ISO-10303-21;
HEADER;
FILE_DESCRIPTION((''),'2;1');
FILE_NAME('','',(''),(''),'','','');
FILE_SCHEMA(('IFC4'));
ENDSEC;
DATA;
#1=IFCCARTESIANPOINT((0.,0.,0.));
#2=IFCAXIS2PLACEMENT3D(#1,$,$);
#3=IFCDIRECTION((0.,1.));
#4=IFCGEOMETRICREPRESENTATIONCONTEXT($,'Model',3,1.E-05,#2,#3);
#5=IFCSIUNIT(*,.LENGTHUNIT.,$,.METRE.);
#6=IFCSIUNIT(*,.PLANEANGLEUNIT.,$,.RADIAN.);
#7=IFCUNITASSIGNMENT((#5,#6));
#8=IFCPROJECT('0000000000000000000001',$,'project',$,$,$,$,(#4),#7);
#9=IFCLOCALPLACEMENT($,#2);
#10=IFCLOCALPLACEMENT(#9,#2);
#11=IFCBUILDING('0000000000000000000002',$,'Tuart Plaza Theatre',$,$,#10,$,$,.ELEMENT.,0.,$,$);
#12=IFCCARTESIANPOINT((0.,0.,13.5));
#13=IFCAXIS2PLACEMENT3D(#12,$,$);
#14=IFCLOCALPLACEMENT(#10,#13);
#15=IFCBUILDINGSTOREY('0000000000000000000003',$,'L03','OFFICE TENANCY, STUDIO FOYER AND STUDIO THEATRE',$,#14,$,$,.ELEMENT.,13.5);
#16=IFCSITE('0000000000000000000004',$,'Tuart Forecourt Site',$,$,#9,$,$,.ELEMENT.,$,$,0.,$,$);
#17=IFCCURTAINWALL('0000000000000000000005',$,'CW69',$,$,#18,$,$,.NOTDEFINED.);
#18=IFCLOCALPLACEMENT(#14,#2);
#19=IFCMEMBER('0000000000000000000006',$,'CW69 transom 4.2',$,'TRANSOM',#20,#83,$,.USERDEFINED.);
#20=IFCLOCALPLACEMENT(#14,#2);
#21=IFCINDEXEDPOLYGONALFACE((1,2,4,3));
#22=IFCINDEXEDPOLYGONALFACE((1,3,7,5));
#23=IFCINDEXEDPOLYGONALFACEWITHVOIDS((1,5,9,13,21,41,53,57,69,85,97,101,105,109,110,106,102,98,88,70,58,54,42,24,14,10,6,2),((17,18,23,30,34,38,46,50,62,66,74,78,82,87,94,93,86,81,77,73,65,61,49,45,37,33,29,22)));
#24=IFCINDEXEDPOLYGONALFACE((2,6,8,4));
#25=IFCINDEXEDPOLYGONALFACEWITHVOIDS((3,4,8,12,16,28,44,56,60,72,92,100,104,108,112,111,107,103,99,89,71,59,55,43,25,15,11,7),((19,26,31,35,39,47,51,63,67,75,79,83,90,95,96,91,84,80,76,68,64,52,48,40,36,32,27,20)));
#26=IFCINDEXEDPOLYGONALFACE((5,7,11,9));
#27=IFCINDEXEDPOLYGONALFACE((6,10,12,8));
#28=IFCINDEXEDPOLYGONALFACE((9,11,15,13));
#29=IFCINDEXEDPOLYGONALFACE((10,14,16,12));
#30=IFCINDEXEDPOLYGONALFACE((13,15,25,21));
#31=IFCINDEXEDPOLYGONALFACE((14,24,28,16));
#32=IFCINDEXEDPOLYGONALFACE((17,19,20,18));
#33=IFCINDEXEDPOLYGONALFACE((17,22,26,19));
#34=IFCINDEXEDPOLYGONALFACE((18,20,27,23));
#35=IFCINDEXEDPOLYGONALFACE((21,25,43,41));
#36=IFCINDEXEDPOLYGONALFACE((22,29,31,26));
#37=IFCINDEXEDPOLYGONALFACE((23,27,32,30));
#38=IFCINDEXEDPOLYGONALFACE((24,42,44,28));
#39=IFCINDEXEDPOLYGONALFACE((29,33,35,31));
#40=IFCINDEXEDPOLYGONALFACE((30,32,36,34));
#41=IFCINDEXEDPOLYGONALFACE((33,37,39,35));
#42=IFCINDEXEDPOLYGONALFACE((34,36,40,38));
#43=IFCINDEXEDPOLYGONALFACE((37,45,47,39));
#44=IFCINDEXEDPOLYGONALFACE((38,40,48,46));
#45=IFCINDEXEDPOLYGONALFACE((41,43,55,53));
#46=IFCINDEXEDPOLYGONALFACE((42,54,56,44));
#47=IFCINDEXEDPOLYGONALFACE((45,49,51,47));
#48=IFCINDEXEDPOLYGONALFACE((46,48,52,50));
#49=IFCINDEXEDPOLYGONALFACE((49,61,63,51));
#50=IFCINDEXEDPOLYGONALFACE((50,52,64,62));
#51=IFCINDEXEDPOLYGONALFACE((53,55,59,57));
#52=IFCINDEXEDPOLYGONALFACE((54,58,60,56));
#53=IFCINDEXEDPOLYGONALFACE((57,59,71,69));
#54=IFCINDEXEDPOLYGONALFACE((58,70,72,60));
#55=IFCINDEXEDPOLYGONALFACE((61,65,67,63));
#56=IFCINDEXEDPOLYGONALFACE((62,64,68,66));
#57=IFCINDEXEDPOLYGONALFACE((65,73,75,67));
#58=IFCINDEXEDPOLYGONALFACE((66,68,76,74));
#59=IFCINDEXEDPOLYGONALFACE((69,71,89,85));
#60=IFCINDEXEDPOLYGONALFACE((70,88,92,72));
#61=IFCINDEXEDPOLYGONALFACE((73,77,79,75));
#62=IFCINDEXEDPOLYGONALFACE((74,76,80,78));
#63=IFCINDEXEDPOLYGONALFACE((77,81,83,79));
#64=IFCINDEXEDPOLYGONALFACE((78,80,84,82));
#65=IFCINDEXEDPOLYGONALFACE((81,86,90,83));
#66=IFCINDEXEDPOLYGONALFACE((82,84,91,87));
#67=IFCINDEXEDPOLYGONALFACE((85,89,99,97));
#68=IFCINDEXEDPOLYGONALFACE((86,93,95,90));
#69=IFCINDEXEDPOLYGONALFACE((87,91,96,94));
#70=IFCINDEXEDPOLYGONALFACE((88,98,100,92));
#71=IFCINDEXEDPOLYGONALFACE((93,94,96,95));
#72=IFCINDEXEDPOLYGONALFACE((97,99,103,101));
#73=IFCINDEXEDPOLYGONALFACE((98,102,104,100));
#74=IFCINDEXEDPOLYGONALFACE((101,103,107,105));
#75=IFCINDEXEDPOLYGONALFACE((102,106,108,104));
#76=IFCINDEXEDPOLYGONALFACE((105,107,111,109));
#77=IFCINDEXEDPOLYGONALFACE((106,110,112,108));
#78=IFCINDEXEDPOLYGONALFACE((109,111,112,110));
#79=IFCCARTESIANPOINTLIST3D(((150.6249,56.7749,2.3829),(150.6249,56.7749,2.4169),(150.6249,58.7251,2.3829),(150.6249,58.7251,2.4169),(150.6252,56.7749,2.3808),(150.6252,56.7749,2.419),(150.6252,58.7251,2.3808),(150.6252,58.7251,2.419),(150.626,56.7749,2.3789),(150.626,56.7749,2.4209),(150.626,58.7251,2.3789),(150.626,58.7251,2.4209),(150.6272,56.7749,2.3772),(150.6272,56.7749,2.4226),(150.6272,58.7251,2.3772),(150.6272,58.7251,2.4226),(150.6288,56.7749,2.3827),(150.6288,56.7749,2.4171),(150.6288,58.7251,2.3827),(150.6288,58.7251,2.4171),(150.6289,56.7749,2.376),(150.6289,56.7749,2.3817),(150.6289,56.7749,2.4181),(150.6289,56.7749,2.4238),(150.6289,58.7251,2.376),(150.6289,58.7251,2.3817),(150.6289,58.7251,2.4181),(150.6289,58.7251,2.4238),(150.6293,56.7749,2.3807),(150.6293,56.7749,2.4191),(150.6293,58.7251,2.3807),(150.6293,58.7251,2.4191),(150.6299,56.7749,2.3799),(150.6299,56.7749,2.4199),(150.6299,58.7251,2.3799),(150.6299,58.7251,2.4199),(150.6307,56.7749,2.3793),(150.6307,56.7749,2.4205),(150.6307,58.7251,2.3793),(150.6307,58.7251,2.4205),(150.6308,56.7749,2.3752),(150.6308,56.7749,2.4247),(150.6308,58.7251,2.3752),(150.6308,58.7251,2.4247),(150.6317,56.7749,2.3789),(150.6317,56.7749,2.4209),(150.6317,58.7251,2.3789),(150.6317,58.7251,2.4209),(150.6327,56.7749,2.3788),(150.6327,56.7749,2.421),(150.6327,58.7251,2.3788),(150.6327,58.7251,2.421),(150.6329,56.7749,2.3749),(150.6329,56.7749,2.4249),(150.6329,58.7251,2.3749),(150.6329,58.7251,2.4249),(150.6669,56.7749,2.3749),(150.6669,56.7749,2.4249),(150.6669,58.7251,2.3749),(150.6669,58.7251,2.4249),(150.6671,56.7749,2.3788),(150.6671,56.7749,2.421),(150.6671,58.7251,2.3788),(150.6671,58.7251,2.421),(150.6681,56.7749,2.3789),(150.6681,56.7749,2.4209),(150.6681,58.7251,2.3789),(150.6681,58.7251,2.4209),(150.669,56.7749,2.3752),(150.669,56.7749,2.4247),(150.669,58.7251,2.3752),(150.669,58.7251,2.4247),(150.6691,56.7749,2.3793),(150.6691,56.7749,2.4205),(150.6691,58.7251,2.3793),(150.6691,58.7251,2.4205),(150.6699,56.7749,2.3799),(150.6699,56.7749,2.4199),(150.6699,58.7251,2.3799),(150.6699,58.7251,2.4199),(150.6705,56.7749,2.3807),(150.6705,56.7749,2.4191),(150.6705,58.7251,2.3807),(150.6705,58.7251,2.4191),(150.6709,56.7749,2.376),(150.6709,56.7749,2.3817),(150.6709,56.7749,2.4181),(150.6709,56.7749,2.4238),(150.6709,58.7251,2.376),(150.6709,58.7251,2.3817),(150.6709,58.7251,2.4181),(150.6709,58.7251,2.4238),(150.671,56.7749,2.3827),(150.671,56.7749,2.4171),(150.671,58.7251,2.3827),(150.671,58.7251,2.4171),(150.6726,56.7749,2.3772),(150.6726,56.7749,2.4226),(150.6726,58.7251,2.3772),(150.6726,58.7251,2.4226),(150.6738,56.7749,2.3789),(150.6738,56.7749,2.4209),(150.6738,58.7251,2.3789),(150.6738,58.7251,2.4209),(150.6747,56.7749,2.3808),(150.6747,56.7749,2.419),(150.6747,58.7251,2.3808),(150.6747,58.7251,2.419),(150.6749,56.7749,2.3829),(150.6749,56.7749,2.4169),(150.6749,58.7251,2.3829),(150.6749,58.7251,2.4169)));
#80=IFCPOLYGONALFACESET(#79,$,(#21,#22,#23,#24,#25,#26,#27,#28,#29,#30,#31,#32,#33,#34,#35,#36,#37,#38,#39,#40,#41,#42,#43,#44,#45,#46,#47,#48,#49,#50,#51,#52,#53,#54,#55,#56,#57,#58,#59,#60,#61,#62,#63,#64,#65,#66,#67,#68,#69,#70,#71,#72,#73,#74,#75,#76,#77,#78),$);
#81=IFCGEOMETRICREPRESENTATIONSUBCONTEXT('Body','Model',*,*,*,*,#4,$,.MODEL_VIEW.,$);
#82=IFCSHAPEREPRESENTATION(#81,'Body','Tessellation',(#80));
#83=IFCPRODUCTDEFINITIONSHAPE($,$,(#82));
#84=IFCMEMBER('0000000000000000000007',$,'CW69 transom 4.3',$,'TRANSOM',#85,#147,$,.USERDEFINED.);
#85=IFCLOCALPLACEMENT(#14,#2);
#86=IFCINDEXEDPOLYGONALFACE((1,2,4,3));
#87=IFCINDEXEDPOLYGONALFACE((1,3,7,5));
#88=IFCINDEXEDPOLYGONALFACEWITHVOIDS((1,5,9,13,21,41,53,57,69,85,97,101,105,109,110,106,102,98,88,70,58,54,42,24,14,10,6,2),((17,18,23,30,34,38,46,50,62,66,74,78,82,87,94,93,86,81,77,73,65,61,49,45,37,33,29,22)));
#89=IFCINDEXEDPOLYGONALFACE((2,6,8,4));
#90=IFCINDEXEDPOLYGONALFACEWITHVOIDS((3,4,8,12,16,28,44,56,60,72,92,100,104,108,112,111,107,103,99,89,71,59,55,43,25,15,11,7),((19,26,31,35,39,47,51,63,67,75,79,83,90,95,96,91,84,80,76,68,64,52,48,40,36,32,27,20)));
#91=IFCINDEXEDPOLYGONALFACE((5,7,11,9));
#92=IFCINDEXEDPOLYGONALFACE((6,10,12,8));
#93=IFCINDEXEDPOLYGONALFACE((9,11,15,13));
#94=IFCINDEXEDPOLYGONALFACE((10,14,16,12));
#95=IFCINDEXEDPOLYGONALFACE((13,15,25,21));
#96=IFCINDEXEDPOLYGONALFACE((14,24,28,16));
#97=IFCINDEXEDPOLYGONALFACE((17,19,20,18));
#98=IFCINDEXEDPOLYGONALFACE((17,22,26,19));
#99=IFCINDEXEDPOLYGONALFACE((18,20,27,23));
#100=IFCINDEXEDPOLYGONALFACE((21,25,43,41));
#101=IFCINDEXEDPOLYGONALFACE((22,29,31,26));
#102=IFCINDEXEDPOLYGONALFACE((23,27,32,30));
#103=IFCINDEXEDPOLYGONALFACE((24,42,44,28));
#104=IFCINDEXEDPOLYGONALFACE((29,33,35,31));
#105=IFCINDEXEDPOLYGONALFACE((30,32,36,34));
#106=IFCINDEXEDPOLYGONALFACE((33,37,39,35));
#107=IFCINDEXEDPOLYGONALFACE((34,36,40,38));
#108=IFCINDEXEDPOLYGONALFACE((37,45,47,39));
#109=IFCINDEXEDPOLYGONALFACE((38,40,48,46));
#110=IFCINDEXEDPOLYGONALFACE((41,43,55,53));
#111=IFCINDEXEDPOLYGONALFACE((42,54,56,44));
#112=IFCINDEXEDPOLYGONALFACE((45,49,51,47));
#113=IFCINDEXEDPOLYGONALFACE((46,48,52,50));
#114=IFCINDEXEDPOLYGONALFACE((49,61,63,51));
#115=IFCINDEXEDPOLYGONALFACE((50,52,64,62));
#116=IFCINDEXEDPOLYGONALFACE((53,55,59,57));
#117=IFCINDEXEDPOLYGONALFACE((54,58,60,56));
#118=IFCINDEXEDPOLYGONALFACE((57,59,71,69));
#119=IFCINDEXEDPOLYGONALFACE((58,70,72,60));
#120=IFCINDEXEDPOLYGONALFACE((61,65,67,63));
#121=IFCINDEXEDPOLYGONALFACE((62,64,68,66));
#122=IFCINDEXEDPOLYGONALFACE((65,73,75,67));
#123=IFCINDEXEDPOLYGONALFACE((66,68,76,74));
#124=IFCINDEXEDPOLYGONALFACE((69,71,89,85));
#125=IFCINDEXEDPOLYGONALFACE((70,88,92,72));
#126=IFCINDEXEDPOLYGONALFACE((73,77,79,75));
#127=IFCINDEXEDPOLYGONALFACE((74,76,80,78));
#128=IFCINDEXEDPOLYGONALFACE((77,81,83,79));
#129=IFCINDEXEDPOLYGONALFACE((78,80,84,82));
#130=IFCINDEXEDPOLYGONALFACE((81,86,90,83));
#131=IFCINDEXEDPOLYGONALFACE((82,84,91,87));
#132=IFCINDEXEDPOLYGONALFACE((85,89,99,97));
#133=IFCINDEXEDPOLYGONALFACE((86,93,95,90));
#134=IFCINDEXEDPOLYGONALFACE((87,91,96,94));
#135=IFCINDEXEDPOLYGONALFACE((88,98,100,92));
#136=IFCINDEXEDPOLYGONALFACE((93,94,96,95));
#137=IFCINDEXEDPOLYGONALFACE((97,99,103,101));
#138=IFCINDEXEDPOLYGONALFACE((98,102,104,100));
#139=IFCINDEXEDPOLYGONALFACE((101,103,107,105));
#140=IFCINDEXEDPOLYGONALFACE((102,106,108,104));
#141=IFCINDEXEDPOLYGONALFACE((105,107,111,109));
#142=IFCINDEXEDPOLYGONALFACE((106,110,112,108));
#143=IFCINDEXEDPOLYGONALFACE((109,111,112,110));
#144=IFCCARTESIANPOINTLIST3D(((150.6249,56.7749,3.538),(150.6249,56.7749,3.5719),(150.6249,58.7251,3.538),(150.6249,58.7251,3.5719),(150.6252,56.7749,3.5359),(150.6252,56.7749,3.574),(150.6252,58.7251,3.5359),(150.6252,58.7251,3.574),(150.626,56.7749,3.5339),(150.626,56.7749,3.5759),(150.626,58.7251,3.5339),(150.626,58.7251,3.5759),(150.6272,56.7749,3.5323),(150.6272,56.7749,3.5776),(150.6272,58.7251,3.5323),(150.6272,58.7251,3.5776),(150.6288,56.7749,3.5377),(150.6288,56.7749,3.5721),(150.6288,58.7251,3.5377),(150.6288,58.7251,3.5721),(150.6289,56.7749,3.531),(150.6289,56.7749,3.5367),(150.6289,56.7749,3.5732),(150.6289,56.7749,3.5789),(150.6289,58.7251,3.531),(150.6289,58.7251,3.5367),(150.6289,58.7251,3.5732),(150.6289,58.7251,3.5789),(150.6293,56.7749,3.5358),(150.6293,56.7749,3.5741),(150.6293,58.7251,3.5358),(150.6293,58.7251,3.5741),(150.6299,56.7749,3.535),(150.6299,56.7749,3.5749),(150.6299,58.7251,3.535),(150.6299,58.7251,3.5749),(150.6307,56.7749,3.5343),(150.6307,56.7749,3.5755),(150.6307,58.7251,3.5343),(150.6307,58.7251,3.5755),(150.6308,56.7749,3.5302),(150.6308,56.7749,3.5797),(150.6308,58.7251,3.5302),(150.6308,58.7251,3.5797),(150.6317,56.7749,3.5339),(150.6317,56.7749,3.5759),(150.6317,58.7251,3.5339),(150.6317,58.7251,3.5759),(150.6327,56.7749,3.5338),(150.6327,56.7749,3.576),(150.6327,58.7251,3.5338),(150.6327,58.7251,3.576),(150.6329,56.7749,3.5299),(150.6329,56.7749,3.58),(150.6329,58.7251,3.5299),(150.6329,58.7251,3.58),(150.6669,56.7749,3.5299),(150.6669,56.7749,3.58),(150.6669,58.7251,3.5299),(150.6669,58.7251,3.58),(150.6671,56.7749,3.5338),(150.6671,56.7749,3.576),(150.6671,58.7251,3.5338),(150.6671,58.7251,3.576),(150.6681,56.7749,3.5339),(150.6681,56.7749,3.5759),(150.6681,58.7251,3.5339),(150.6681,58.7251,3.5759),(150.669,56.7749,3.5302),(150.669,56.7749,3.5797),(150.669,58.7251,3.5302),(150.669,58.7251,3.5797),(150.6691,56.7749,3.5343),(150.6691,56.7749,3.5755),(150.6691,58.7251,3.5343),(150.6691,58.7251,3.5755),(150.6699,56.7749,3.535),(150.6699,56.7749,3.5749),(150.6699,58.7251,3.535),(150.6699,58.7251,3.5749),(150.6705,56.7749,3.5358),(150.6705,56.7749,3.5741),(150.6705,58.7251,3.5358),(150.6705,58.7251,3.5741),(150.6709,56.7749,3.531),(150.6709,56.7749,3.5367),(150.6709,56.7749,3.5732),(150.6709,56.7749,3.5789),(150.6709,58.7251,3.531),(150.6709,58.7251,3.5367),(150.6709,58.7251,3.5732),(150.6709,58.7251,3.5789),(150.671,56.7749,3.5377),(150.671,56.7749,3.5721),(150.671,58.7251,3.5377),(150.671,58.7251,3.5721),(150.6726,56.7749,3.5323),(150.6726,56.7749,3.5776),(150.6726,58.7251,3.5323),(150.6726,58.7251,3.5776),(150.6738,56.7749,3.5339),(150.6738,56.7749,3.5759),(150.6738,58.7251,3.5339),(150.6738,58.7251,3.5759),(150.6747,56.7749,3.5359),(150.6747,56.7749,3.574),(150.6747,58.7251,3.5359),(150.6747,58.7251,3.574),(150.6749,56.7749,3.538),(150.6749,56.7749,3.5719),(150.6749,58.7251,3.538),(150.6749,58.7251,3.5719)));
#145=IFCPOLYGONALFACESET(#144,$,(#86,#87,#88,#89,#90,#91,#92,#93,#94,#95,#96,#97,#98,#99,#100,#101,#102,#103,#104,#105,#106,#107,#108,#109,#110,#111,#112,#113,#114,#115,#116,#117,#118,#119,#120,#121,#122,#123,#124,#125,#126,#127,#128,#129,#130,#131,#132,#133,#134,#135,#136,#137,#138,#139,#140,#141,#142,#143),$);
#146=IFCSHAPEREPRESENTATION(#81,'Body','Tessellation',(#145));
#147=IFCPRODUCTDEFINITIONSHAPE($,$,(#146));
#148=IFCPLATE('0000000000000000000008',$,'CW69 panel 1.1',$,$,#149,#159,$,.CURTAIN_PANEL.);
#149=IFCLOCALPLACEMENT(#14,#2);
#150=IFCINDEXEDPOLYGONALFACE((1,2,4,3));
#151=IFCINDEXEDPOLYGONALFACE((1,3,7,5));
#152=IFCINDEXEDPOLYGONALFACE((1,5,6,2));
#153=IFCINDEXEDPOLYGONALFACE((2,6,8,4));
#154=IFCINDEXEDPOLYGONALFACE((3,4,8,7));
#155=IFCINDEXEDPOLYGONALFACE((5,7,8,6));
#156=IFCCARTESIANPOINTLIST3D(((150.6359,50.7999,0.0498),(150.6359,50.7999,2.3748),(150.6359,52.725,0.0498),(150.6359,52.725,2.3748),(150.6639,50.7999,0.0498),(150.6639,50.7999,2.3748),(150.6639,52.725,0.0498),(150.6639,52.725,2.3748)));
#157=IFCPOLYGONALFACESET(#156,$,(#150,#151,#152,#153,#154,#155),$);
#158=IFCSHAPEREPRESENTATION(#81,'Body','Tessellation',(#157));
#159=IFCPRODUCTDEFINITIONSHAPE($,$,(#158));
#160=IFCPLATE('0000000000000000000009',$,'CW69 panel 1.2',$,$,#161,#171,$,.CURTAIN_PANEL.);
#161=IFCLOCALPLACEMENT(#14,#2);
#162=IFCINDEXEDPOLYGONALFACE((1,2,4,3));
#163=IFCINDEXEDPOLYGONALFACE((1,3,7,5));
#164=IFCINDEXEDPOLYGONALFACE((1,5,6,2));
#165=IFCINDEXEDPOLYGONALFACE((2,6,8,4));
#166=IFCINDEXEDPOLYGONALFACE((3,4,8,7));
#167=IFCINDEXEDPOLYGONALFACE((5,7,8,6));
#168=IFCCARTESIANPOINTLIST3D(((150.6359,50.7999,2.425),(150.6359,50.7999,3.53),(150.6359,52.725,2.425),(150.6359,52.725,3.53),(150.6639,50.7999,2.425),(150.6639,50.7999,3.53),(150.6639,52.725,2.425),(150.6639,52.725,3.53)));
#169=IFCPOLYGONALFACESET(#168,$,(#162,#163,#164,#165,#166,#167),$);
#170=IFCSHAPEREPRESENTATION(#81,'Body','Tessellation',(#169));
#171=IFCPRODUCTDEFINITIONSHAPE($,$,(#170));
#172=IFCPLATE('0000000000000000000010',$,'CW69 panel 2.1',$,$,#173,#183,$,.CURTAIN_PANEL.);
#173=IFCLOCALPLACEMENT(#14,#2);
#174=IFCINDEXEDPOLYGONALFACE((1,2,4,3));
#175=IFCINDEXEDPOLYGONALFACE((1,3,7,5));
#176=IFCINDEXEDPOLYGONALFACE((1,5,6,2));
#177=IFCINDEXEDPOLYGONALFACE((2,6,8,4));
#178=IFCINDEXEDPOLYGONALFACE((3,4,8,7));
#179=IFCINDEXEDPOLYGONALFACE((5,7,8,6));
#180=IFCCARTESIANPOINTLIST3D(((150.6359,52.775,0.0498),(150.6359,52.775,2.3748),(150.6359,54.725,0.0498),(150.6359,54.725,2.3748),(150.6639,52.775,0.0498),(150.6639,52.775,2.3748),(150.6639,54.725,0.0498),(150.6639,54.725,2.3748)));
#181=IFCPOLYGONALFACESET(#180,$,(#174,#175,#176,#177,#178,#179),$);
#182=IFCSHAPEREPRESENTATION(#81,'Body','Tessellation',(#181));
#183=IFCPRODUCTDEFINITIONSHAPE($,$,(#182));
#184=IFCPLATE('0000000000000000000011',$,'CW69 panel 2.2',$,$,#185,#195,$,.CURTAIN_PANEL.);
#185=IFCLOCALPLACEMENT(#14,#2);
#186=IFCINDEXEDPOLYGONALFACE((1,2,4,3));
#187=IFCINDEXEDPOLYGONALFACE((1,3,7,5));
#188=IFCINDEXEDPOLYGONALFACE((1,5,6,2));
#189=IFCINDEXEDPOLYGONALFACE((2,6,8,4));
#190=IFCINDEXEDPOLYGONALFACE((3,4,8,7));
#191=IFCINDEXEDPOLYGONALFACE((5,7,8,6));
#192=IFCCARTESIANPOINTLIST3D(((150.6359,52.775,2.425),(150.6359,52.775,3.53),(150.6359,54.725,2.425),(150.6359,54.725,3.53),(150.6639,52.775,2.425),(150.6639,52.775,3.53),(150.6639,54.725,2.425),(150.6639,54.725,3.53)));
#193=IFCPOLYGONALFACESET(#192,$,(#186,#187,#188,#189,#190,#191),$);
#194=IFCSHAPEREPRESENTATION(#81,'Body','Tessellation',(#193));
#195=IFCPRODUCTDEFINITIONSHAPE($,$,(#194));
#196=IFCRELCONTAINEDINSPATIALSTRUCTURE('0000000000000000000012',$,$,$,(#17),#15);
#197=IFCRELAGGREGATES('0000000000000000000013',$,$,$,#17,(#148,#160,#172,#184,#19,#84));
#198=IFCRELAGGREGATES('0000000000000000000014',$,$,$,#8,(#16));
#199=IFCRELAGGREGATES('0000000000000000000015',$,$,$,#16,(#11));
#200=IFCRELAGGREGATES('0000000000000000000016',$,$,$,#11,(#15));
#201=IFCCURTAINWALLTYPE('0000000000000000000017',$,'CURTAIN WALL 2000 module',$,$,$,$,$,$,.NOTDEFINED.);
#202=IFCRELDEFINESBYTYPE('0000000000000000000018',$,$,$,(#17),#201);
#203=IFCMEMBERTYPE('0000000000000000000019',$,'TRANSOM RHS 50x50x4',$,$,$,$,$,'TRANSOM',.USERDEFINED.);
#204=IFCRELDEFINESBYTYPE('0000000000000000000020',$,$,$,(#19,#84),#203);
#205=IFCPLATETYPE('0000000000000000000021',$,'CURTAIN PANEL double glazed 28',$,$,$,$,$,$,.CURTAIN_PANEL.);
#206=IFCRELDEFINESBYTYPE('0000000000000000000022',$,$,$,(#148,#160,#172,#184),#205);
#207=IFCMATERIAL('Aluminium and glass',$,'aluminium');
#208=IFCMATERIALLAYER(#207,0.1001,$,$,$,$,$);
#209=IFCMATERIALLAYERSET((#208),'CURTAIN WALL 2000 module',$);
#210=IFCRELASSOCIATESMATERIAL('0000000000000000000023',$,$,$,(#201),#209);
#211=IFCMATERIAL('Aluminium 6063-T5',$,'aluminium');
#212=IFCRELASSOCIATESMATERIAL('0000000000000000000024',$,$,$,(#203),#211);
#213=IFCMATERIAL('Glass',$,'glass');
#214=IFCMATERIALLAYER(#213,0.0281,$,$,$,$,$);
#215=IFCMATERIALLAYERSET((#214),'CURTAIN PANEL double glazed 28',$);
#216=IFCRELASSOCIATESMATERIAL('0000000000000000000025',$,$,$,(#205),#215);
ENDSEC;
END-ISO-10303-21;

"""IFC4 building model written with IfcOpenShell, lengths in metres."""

from ifc_helpers import new_model, si_unit, direction, frame, origin, origin_2d, place, context, subcontext, project, spatial, rectangle, hollow_rectangle, extrude, material, layer, layer_set, material_profile, profile_set, type_object, element, aggregate, save


model = new_model("IFC4")

# Units and contexts
model_context = context("Model", 3, precision=1e-05, world=origin(), true_north=direction((0.0, 1.0)))
body_context = subcontext(model_context, "Body", "Model", "MODEL_VIEW")
ifc_project = project(units=[si_unit("LENGTHUNIT", "METRE"), si_unit("PLANEANGLEUNIT", "RADIAN")], contexts=[model_context])

# Site, building, storey
site_placement = place(None, origin())
site = spatial("IfcSite", under=ifc_project, at=site_placement, Name="Tuart Forecourt Site", CompositionType="ELEMENT", RefElevation=0.0)
building_placement = place(site_placement, origin())
building = spatial("IfcBuilding", under=site, at=building_placement, Name="Tuart Plaza Theatre", CompositionType="ELEMENT", ElevationOfRefHeight=0.0)
storey_placement = place(building_placement, frame((0.0, 0.0, 13.5)))
storey = spatial("IfcBuildingStorey", under=building, at=storey_placement, Name="L03", Description="OFFICE TENANCY, STUDIO FOYER AND STUDIO THEATRE", CompositionType="ELEMENT", Elevation=13.5)

# Curtain wall, members, plates
ifc_material_1 = material(Name="Aluminium and glass", Category="aluminium")
ifc_layer_1 = layer(ifc_material_1, 0.1001)
ifc_layer_set_1 = layer_set([ifc_layer_1], Name="CURTAIN WALL 2000 module")
curtain_wall_type = type_object("IfcCurtainWallType", Name="CURTAIN WALL 2000 module", PredefinedType="NOTDEFINED", material=ifc_layer_set_1)
curtain_wall_placement = place(storey_placement, origin())
curtain_wall = element("IfcCurtainWall", 1, at=curtain_wall_placement, inside=storey, type_object=curtain_wall_type, Name="CW69", PredefinedType="NOTDEFINED")
ifc_material_2 = material(Name="Aluminium 6063-T5", Category="aluminium")
ifc_material_profile_1 = material_profile(ifc_material_2, hollow_rectangle(XDim=0.05, YDim=0.05, WallThickness=0.0039, InnerFilletRadius=0.0039, OuterFilletRadius=0.0081, at=origin_2d()), Name="RHS 50x50x4")
ifc_profile_set_1 = profile_set([ifc_material_profile_1], Name="Aluminium 6063-T5")
member_type_1 = type_object("IfcMemberType", Name="TRANSOM RHS 50x50x4", ElementType="TRANSOM", PredefinedType="USERDEFINED", material=ifc_profile_set_1)
member_1_placement = place(storey_placement, frame((150.6499, 56.7749, 2.3999), z_axis=(0.0, 1.0, 0.0), x_axis=(-1.0, 0.0, 0.0)))
member_1 = element("IfcMember", 2, at=member_1_placement, type_object=member_type_1, Name="CW69 transom 4.2", ObjectType="TRANSOM", PredefinedType="USERDEFINED", context=body_context, shape_type="SweptSolid", body=[
    extrude(hollow_rectangle(XDim=0.05, YDim=0.05, WallThickness=0.0039, InnerFilletRadius=0.0039, OuterFilletRadius=0.0081, at=origin_2d()), origin(), (0.0, 0.0, 1.0), 1.9502),
])
member_2_placement = place(storey_placement, frame((150.6499, 56.7749, 3.5549), z_axis=(0.0, 1.0, 0.0), x_axis=(-1.0, 0.0, 0.0)))
member_2 = element("IfcMember", 3, at=member_2_placement, type_object=member_type_1, Name="CW69 transom 4.3", ObjectType="TRANSOM", PredefinedType="USERDEFINED", context=body_context, shape_type="SweptSolid", body=[
    extrude(hollow_rectangle(XDim=0.05, YDim=0.05, WallThickness=0.0039, InnerFilletRadius=0.0039, OuterFilletRadius=0.0081, at=origin_2d()), origin(), (0.0, 0.0, 1.0), 1.9502),
])
ifc_material_3 = material(Name="Glass", Category="glass")
ifc_layer_2 = layer(ifc_material_3, 0.0281)
ifc_layer_set_2 = layer_set([ifc_layer_2], Name="CURTAIN PANEL double glazed 28")
plate_type = type_object("IfcPlateType", Name="CURTAIN PANEL double glazed 28", PredefinedType="CURTAIN_PANEL", material=ifc_layer_set_2)
plate_1_placement = place(storey_placement, frame((150.6499, 51.7625, 0.0498), z_axis=(0.0, 0.0, 1.0), x_axis=(0.0, 1.0, 0.0)))
plate_1 = element("IfcPlate", 4, at=plate_1_placement, type_object=plate_type, Name="CW69 panel 1.1", PredefinedType="CURTAIN_PANEL", context=body_context, shape_type="SweptSolid", body=[
    extrude(rectangle(XDim=1.925, YDim=0.0281, at=origin_2d()), origin(), (0.0, 0.0, 1.0), 2.325),
])
plate_2_placement = place(storey_placement, frame((150.6499, 51.7625, 2.425), z_axis=(0.0, 0.0, 1.0), x_axis=(0.0, 1.0, 0.0)))
plate_2 = element("IfcPlate", 5, at=plate_2_placement, type_object=plate_type, Name="CW69 panel 1.2", PredefinedType="CURTAIN_PANEL", context=body_context, shape_type="SweptSolid", body=[
    extrude(rectangle(XDim=1.925, YDim=0.0281, at=origin_2d()), origin(), (0.0, 0.0, 1.0), 1.105),
])
plate_3_placement = place(storey_placement, frame((150.6499, 53.75, 0.0498), z_axis=(0.0, 0.0, 1.0), x_axis=(0.0, 1.0, 0.0)))
plate_3 = element("IfcPlate", 6, at=plate_3_placement, type_object=plate_type, Name="CW69 panel 2.1", PredefinedType="CURTAIN_PANEL", context=body_context, shape_type="SweptSolid", body=[
    extrude(rectangle(XDim=1.95, YDim=0.0281, at=origin_2d()), origin(), (0.0, 0.0, 1.0), 2.325),
])
plate_4_placement = place(storey_placement, frame((150.6499, 53.75, 2.425), z_axis=(0.0, 0.0, 1.0), x_axis=(0.0, 1.0, 0.0)))
plate_4 = element("IfcPlate", 7, at=plate_4_placement, type_object=plate_type, Name="CW69 panel 2.2", PredefinedType="CURTAIN_PANEL", context=body_context, shape_type="SweptSolid", body=[
    extrude(rectangle(XDim=1.95, YDim=0.0281, at=origin_2d()), origin(), (0.0, 0.0, 1.0), 1.105),
])
aggregate(curtain_wall, [plate_1, plate_2, plate_3, plate_4, member_1, member_2])

save(model, "model.ifc")
